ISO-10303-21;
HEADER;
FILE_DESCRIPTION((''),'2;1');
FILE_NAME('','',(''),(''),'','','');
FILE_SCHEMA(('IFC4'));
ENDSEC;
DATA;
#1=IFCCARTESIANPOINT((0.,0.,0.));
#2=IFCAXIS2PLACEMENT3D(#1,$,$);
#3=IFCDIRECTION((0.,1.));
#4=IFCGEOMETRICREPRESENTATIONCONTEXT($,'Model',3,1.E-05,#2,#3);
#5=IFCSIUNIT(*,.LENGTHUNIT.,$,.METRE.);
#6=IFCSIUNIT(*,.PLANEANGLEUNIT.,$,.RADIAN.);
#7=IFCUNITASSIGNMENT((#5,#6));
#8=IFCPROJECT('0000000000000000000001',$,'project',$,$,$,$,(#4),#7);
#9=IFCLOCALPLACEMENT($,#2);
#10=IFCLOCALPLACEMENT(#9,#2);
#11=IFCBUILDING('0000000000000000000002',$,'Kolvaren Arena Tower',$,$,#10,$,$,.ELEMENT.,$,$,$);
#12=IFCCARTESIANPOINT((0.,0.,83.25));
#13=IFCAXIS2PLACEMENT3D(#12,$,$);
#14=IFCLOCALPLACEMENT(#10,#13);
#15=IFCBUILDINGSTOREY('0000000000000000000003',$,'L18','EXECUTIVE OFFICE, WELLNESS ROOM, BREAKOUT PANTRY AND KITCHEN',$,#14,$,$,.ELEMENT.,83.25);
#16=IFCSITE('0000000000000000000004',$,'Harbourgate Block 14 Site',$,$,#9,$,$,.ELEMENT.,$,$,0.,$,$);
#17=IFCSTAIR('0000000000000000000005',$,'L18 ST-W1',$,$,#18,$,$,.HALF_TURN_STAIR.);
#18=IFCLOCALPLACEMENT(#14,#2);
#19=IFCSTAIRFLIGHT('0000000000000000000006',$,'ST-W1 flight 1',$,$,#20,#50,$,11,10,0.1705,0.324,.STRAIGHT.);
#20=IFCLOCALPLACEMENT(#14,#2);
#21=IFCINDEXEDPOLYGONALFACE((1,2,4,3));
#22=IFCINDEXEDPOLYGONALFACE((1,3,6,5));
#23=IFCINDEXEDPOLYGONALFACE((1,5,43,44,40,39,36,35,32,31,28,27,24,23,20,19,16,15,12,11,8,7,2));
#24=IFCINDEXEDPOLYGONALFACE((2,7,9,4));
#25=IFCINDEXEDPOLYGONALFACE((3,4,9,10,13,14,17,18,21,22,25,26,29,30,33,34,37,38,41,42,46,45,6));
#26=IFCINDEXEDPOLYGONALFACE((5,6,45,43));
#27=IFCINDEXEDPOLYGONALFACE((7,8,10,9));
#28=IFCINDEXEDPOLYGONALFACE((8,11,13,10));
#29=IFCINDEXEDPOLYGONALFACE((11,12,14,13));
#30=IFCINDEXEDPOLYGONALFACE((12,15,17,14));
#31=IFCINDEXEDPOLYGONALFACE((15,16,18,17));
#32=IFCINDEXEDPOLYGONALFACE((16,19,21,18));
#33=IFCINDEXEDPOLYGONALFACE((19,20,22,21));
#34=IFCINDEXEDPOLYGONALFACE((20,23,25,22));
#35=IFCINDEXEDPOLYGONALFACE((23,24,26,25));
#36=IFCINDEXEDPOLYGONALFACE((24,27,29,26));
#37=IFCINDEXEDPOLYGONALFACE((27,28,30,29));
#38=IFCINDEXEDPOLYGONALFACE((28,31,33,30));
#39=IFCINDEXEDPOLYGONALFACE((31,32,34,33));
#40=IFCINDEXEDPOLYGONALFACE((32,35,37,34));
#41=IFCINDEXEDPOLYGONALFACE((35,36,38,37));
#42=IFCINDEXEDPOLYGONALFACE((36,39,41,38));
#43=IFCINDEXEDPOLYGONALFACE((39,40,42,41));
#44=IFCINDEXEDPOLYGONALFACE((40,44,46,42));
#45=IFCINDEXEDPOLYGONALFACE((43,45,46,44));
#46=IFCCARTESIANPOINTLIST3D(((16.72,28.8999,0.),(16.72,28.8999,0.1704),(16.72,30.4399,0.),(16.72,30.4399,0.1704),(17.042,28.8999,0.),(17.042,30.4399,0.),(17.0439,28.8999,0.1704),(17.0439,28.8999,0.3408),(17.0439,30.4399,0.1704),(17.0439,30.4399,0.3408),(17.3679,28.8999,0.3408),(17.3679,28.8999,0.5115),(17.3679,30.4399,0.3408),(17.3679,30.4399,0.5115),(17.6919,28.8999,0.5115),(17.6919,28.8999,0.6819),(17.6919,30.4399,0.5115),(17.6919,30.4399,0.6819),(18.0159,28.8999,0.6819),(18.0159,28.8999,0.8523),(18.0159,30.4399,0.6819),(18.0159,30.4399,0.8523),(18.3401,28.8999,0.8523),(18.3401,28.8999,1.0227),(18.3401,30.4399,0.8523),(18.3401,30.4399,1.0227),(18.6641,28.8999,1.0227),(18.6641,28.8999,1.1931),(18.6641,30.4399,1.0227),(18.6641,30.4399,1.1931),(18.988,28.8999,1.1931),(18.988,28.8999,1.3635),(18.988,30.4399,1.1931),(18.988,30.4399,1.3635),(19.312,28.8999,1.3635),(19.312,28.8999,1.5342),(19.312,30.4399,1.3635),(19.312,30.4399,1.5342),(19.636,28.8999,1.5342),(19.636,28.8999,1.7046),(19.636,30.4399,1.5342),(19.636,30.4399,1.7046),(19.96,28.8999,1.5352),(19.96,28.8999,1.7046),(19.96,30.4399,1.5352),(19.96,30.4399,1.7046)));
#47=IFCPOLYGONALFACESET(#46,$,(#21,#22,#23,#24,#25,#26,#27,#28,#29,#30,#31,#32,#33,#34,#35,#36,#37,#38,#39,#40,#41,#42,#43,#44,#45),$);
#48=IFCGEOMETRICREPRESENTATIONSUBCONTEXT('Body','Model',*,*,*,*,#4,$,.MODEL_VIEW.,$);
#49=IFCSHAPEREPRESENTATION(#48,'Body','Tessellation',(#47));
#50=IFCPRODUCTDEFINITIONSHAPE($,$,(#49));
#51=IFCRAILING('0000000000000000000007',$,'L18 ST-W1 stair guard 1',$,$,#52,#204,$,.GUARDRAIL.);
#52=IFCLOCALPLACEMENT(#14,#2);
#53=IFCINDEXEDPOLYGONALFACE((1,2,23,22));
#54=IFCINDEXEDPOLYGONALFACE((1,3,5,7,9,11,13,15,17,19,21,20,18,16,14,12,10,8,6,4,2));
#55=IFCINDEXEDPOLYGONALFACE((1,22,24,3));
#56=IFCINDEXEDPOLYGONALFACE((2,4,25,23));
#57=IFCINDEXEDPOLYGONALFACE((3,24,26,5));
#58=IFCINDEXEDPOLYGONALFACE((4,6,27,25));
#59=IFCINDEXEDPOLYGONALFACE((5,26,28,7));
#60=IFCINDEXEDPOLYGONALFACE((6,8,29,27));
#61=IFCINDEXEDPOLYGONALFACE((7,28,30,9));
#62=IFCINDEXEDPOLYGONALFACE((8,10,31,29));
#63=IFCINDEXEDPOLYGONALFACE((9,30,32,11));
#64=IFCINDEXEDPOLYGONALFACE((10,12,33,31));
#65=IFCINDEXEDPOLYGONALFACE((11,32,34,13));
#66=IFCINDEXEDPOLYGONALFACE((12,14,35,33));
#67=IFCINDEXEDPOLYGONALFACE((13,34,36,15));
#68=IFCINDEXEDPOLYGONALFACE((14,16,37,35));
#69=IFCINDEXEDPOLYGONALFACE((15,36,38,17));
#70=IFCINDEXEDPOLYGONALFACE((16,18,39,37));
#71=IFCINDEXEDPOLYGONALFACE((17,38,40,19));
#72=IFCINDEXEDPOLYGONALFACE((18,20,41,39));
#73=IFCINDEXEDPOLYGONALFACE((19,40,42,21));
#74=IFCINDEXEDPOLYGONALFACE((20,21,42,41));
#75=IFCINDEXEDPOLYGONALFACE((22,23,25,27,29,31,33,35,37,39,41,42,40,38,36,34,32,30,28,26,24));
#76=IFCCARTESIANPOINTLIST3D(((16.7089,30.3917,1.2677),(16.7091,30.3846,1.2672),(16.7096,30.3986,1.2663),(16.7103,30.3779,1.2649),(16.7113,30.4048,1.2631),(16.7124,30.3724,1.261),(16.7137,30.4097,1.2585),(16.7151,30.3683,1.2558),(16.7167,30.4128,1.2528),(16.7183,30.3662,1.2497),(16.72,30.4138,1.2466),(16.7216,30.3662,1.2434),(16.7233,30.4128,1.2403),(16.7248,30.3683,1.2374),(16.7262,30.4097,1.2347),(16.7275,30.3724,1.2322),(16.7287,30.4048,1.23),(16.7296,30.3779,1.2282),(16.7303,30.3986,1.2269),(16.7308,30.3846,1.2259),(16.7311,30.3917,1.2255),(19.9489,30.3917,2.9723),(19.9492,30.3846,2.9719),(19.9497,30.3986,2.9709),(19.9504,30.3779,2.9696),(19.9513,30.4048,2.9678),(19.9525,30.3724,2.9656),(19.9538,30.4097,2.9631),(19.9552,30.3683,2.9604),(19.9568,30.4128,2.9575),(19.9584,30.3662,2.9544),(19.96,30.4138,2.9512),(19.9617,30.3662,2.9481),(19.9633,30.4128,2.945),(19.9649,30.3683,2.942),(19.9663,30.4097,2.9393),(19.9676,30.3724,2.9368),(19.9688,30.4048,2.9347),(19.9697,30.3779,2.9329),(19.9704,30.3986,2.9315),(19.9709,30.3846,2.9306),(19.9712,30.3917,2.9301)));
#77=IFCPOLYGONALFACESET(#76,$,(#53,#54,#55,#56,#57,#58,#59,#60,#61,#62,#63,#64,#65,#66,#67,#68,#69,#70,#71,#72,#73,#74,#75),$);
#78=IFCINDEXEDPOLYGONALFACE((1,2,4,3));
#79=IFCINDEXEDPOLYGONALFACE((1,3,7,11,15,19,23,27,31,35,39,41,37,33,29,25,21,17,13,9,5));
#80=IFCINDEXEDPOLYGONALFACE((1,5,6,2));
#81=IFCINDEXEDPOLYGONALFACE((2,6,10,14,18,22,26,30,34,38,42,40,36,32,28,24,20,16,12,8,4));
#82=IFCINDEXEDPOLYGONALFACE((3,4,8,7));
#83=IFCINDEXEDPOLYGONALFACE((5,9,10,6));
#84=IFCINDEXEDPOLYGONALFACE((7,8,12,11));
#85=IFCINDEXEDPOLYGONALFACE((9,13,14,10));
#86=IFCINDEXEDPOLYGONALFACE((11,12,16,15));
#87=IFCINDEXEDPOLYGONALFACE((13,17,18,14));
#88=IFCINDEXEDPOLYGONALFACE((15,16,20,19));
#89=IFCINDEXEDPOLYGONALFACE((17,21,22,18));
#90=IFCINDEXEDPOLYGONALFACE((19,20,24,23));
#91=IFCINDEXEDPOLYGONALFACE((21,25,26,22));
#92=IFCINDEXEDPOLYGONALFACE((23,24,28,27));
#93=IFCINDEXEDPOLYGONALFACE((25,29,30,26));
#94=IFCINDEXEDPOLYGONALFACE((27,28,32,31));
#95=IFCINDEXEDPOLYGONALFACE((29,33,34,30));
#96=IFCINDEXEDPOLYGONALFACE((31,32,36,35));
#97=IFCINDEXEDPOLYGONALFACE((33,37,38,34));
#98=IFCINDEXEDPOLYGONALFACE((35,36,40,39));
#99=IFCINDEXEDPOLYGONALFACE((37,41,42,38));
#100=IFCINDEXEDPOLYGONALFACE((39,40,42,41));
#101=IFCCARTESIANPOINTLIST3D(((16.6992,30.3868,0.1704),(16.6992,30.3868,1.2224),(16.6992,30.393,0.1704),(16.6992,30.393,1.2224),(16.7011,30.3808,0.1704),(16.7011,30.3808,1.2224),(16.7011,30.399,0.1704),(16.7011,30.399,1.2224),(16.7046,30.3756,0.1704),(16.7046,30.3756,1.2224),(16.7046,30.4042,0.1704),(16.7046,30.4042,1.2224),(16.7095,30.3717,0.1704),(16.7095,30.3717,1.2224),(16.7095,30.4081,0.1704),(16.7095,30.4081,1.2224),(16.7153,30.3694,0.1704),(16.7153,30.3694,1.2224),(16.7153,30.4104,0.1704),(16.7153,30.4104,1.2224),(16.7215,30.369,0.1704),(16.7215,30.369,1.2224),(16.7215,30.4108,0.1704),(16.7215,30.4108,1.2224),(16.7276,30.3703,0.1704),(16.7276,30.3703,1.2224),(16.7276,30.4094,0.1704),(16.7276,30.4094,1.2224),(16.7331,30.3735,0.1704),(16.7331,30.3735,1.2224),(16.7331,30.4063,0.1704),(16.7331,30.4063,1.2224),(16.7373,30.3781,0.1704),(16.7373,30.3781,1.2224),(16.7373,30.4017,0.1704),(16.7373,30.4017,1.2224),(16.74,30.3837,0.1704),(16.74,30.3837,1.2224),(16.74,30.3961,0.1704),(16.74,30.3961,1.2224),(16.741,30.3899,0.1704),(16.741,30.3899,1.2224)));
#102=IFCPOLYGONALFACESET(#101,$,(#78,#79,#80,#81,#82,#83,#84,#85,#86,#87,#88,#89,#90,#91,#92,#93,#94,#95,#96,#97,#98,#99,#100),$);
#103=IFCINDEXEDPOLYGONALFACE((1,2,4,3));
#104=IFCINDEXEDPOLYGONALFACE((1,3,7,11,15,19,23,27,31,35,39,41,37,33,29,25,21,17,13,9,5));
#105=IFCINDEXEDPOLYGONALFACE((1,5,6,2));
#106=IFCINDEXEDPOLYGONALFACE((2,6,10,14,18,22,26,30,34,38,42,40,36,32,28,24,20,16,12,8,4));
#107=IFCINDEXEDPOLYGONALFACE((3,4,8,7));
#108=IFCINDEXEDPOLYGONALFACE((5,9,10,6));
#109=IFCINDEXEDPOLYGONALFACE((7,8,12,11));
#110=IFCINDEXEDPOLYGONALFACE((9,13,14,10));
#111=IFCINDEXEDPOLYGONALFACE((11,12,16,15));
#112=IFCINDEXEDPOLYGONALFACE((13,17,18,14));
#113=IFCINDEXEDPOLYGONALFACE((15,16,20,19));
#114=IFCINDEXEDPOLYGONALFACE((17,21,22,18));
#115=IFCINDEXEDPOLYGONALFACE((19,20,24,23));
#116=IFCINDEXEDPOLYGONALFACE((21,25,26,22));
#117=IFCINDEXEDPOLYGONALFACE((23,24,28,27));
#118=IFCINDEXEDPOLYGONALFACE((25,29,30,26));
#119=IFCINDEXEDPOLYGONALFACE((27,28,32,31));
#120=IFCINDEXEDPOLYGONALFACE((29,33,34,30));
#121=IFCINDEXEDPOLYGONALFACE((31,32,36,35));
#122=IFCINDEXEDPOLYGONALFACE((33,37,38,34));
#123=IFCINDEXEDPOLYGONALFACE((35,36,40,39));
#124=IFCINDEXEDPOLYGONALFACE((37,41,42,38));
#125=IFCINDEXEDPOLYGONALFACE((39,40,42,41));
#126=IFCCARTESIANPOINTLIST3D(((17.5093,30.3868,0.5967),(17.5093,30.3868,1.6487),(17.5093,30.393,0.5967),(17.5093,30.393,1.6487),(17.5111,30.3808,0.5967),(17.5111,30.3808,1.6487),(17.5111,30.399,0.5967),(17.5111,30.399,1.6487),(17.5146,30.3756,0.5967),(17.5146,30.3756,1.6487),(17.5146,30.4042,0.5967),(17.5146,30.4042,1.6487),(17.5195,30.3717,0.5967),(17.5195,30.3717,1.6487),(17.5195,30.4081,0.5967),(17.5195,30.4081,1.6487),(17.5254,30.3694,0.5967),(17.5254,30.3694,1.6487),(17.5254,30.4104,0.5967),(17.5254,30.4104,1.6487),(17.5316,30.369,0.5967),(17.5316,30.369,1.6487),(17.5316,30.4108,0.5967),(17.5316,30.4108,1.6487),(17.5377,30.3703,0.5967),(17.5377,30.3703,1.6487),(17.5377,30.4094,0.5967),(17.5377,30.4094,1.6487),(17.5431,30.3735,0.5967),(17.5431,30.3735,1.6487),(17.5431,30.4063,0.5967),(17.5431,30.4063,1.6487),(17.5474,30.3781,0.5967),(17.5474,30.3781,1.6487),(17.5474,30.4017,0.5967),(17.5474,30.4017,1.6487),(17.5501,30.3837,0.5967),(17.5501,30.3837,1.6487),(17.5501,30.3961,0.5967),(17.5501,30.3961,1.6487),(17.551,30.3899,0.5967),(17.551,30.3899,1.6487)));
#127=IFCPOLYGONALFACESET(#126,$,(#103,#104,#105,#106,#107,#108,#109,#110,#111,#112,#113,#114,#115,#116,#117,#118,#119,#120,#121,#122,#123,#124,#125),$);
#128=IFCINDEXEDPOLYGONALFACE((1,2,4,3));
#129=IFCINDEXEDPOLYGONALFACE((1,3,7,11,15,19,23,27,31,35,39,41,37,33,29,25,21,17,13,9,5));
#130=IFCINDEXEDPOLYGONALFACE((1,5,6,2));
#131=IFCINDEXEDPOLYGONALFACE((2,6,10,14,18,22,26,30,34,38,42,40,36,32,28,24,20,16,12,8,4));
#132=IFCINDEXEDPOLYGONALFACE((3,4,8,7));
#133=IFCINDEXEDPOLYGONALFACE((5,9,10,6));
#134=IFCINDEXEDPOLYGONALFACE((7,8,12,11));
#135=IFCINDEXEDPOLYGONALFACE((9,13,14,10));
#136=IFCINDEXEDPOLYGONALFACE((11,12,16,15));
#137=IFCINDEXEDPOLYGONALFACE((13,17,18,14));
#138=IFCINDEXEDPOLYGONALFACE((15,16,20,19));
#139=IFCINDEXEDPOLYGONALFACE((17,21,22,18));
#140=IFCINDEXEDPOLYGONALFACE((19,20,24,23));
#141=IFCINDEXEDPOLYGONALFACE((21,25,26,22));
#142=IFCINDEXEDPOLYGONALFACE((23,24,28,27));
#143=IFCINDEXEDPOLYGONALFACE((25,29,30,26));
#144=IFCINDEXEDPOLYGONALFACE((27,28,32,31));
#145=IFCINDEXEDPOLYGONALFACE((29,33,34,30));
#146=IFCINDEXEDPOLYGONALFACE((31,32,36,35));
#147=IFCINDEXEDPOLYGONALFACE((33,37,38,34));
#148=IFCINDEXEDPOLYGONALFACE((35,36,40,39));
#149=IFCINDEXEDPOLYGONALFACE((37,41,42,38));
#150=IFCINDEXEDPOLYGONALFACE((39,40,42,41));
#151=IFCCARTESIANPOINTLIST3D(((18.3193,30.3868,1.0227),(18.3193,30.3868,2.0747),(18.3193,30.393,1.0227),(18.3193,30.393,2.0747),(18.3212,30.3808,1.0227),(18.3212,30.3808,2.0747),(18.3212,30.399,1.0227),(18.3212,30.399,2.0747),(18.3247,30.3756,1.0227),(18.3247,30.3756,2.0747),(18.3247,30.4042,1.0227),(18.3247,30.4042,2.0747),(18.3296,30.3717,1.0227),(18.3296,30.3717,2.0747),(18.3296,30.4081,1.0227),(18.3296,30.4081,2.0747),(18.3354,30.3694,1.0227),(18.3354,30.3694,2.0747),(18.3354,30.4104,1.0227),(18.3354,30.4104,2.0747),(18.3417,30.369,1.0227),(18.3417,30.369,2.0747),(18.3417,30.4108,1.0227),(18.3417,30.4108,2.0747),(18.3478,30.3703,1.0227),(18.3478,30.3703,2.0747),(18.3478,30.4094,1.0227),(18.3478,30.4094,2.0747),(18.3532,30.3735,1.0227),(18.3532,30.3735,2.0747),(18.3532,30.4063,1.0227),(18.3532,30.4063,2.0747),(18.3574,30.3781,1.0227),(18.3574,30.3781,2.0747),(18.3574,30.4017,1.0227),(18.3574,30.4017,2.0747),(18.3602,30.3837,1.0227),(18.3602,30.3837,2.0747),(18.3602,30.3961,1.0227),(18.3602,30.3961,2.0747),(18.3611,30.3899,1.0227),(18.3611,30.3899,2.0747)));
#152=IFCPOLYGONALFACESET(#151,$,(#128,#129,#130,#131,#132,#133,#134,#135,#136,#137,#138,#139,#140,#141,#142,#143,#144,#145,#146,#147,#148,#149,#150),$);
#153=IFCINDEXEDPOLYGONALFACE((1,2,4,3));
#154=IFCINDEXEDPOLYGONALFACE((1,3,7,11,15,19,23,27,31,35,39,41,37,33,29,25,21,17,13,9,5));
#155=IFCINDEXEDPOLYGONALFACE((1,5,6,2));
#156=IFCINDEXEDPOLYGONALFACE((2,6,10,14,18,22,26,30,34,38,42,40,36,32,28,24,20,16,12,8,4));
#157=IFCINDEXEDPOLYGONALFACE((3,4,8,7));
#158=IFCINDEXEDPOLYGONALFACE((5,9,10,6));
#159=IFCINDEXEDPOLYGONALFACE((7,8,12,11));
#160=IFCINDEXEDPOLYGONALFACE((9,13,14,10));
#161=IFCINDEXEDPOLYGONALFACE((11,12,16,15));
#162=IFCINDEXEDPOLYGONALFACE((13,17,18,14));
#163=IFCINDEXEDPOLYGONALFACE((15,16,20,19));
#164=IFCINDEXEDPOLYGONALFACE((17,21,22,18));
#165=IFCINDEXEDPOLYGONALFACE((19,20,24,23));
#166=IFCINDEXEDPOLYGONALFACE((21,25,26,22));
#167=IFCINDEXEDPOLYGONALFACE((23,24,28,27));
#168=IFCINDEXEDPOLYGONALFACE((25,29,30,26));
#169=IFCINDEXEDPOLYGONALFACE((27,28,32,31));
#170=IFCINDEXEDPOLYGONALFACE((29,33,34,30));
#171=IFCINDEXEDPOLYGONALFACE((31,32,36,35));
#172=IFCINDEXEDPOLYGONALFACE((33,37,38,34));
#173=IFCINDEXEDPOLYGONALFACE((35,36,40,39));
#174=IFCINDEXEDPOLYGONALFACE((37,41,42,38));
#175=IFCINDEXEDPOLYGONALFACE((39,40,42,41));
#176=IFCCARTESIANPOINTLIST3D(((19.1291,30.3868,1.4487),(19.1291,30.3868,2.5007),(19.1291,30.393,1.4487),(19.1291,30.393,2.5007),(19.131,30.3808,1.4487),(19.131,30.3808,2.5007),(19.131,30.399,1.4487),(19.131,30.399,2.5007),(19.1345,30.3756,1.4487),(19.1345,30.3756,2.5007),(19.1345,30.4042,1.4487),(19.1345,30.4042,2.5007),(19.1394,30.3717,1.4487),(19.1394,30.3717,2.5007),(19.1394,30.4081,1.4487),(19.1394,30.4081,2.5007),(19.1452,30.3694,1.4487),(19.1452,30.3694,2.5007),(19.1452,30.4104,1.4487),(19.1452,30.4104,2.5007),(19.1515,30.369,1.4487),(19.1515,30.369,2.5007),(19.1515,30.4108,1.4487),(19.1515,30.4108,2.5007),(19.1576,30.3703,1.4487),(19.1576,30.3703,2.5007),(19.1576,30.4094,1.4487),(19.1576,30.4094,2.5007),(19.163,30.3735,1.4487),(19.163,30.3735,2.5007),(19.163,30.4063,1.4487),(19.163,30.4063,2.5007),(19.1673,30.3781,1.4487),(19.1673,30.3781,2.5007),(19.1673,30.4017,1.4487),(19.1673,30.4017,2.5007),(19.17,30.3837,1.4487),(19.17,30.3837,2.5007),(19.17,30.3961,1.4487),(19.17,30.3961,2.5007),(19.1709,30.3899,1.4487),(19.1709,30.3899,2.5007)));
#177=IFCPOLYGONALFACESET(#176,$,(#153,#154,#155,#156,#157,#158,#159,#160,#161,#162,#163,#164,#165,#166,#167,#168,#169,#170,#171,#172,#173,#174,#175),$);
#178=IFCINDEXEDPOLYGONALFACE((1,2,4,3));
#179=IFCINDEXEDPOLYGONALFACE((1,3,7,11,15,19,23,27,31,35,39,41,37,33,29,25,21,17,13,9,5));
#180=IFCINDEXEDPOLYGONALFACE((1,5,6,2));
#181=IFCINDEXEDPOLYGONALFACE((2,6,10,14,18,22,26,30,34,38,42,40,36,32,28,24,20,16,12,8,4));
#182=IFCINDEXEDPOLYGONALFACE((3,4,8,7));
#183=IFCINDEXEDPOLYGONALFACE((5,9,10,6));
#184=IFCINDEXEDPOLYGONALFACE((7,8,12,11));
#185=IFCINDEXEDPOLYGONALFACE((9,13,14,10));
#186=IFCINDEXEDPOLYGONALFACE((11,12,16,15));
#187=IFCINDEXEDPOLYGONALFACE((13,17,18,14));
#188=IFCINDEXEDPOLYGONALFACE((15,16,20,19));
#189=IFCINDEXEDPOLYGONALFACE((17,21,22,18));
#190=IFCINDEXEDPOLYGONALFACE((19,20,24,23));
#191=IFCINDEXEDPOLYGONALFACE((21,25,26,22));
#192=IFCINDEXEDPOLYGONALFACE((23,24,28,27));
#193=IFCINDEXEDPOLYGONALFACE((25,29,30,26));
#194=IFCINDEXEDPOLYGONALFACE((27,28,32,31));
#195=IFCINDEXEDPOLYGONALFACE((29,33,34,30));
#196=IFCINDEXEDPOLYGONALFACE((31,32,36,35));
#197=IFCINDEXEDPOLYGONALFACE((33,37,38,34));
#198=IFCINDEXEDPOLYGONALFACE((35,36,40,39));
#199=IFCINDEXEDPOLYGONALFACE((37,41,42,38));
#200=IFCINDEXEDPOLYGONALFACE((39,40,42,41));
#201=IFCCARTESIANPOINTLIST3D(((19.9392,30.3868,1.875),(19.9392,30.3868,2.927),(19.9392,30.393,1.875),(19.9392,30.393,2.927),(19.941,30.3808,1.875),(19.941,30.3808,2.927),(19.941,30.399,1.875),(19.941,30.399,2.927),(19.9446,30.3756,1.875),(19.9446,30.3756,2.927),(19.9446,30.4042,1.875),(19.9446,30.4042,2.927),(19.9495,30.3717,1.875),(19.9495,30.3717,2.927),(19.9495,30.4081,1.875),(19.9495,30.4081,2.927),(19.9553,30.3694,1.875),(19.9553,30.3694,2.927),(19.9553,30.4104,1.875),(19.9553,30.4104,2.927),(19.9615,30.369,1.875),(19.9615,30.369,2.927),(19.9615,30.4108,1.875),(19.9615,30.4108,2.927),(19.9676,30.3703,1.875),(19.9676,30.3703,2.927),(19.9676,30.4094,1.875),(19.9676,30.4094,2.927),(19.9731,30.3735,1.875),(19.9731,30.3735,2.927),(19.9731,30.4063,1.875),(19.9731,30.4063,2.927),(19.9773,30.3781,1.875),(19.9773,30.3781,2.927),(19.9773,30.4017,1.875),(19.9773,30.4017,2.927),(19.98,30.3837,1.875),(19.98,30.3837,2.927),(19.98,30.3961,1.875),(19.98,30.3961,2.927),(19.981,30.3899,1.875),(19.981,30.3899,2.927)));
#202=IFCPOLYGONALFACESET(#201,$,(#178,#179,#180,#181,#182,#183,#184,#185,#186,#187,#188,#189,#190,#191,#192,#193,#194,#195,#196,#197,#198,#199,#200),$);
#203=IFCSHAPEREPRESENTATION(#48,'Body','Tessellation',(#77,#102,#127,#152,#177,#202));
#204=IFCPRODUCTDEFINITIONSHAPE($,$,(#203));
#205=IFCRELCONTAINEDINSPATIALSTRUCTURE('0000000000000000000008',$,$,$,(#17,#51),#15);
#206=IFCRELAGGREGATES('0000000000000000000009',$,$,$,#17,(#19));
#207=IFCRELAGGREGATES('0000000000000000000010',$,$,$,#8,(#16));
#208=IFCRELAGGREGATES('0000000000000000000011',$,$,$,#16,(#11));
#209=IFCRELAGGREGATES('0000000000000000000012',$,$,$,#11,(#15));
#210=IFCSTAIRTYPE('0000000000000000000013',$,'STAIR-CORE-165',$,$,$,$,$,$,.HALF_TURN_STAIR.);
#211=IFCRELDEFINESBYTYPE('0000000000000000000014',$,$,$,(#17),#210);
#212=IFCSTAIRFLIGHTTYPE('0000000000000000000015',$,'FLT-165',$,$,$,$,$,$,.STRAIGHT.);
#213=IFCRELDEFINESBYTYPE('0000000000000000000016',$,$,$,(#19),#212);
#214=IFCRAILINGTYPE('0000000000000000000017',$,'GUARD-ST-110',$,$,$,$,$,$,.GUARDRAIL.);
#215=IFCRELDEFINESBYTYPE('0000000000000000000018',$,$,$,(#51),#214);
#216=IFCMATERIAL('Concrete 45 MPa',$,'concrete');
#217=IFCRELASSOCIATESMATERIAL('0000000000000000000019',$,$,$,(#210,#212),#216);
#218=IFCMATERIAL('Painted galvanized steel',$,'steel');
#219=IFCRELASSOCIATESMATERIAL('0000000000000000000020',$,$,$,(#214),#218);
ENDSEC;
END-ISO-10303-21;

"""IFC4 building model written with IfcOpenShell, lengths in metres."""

from ifc_helpers import new_model, si_unit, direction, frame, origin, origin_2d, place, context, subcontext, project, spatial, polyline, circle, outline, extrude, material, type_object, element, aggregate, save


model = new_model("IFC4")

# Units and contexts
model_context = context("Model", 3, precision=1e-05, world=origin(), true_north=direction((0.0, 1.0)))
body_context = subcontext(model_context, "Body", "Model", "MODEL_VIEW")
ifc_project = project(units=[si_unit("LENGTHUNIT", "METRE"), si_unit("PLANEANGLEUNIT", "RADIAN")], contexts=[model_context])

# Site, building, storey
site_placement = place(None, origin())
site = spatial("IfcSite", under=ifc_project, at=site_placement, Name="Harbourgate Block 14 Site", CompositionType="ELEMENT", RefElevation=0.0)
building_placement = place(site_placement, origin())
building = spatial("IfcBuilding", under=site, at=building_placement, Name="Kolvaren Arena Tower", CompositionType="ELEMENT")
storey_placement = place(building_placement, frame((0.0, 0.0, 83.25)))
storey = spatial("IfcBuildingStorey", under=building, at=storey_placement, Name="L18", Description="EXECUTIVE OFFICE, WELLNESS ROOM, BREAKOUT PANTRY AND KITCHEN", CompositionType="ELEMENT", Elevation=83.25)

# Shared definitions
ifc_material_1 = material(Name="Concrete 45 MPa", Category="concrete")

# Stair, stair flight
stair_type = type_object("IfcStairType", Name="STAIR-CORE-165", PredefinedType="HALF_TURN_STAIR", material=ifc_material_1)
stair_placement = place(storey_placement, origin())
stair = element("IfcStair", 1, at=stair_placement, inside=storey, type_object=stair_type, Name="L18 ST-W1", PredefinedType="HALF_TURN_STAIR")
stair_flight_type = type_object("IfcStairFlightType", Name="FLT-165", PredefinedType="STRAIGHT", material=ifc_material_1)
stair_flight_placement = place(storey_placement, frame((16.72, 29.6699, 0.0), z_axis=(0.0, 0.0, 1.0), x_axis=(1.0, 0.0, 0.0)))
stair_flight = element("IfcStairFlight", 2, at=stair_flight_placement, type_object=stair_flight_type, Name="ST-W1 flight 1", NumberOfRisers=11, NumberOfTreads=10, PredefinedType="STRAIGHT", RiserHeight=0.1705, TreadLength=0.324, context=body_context, shape_type="SweptSolid", body=[
    extrude(outline(polyline([(0.0, 0.0), (0.0, 0.1704), (0.324, 0.1704), (0.324, 0.3408), (0.6479, 0.3408), (0.6479, 0.5115), (0.9719, 0.5115), (0.9719, 0.6819), (1.2959, 0.6819), (1.2959, 0.8523), (1.6201, 0.8523), (1.6201, 1.0227), (1.9441, 1.0227), (1.9441, 1.1931), (2.2681, 1.1931), (2.2681, 1.3635), (2.592, 1.3635), (2.592, 1.5342), (2.916, 1.5342), (2.916, 1.7046), (3.24, 1.7046), (3.24, 1.875), (3.24, 1.5352), (0.322, 0.0), (0.0, 0.0)])), frame((0.0, 0.77, 0.0), z_axis=(0.0, -1.0, 0.0), x_axis=(1.0, 0.0, 0.0)), (0.0, 0.0, 1.0), 1.54),
])
aggregate(stair, [stair_flight])

# Railing
ifc_material_2 = material(Name="Painted galvanized steel", Category="steel")
railing_type = type_object("IfcRailingType", Name="GUARD-ST-110", PredefinedType="GUARDRAIL", material=ifc_material_2)
railing_1_placement = place(storey_placement, frame((16.72, 30.3899, 0.1704)))
element("IfcRailing", 3, at=railing_1_placement, inside=storey, type_object=railing_type, Name="L18 ST-W1 stair guard 1", PredefinedType="GUARDRAIL", context=body_context, shape_type="SweptSolid", body=[
    extrude(circle(Radius=0.0239, at=origin_2d()), frame((0.0, 0.0, 1.0762), z_axis=(0.884993, 0.0, 0.465604), x_axis=(0.0, 1.0, 0.0)), (0.0, 0.0, 1.0), 3.6611),
    extrude(circle(Radius=0.021, at=origin_2d()), origin(), (0.0, 0.0, 1.0), 1.052),
    extrude(circle(Radius=0.021, at=origin_2d()), frame((0.8101, 0.0, 0.4263)), (0.0, 0.0, 1.0), 1.052),
    extrude(circle(Radius=0.021, at=origin_2d()), frame((1.6201, 0.0, 0.8523)), (0.0, 0.0, 1.0), 1.052),
    extrude(circle(Radius=0.021, at=origin_2d()), frame((2.4299, 0.0, 1.2783)), (0.0, 0.0, 1.0), 1.052),
    extrude(circle(Radius=0.021, at=origin_2d()), frame((3.24, 0.0, 1.7046)), (0.0, 0.0, 1.0), 1.052),
])

save(model, "model.ifc")
